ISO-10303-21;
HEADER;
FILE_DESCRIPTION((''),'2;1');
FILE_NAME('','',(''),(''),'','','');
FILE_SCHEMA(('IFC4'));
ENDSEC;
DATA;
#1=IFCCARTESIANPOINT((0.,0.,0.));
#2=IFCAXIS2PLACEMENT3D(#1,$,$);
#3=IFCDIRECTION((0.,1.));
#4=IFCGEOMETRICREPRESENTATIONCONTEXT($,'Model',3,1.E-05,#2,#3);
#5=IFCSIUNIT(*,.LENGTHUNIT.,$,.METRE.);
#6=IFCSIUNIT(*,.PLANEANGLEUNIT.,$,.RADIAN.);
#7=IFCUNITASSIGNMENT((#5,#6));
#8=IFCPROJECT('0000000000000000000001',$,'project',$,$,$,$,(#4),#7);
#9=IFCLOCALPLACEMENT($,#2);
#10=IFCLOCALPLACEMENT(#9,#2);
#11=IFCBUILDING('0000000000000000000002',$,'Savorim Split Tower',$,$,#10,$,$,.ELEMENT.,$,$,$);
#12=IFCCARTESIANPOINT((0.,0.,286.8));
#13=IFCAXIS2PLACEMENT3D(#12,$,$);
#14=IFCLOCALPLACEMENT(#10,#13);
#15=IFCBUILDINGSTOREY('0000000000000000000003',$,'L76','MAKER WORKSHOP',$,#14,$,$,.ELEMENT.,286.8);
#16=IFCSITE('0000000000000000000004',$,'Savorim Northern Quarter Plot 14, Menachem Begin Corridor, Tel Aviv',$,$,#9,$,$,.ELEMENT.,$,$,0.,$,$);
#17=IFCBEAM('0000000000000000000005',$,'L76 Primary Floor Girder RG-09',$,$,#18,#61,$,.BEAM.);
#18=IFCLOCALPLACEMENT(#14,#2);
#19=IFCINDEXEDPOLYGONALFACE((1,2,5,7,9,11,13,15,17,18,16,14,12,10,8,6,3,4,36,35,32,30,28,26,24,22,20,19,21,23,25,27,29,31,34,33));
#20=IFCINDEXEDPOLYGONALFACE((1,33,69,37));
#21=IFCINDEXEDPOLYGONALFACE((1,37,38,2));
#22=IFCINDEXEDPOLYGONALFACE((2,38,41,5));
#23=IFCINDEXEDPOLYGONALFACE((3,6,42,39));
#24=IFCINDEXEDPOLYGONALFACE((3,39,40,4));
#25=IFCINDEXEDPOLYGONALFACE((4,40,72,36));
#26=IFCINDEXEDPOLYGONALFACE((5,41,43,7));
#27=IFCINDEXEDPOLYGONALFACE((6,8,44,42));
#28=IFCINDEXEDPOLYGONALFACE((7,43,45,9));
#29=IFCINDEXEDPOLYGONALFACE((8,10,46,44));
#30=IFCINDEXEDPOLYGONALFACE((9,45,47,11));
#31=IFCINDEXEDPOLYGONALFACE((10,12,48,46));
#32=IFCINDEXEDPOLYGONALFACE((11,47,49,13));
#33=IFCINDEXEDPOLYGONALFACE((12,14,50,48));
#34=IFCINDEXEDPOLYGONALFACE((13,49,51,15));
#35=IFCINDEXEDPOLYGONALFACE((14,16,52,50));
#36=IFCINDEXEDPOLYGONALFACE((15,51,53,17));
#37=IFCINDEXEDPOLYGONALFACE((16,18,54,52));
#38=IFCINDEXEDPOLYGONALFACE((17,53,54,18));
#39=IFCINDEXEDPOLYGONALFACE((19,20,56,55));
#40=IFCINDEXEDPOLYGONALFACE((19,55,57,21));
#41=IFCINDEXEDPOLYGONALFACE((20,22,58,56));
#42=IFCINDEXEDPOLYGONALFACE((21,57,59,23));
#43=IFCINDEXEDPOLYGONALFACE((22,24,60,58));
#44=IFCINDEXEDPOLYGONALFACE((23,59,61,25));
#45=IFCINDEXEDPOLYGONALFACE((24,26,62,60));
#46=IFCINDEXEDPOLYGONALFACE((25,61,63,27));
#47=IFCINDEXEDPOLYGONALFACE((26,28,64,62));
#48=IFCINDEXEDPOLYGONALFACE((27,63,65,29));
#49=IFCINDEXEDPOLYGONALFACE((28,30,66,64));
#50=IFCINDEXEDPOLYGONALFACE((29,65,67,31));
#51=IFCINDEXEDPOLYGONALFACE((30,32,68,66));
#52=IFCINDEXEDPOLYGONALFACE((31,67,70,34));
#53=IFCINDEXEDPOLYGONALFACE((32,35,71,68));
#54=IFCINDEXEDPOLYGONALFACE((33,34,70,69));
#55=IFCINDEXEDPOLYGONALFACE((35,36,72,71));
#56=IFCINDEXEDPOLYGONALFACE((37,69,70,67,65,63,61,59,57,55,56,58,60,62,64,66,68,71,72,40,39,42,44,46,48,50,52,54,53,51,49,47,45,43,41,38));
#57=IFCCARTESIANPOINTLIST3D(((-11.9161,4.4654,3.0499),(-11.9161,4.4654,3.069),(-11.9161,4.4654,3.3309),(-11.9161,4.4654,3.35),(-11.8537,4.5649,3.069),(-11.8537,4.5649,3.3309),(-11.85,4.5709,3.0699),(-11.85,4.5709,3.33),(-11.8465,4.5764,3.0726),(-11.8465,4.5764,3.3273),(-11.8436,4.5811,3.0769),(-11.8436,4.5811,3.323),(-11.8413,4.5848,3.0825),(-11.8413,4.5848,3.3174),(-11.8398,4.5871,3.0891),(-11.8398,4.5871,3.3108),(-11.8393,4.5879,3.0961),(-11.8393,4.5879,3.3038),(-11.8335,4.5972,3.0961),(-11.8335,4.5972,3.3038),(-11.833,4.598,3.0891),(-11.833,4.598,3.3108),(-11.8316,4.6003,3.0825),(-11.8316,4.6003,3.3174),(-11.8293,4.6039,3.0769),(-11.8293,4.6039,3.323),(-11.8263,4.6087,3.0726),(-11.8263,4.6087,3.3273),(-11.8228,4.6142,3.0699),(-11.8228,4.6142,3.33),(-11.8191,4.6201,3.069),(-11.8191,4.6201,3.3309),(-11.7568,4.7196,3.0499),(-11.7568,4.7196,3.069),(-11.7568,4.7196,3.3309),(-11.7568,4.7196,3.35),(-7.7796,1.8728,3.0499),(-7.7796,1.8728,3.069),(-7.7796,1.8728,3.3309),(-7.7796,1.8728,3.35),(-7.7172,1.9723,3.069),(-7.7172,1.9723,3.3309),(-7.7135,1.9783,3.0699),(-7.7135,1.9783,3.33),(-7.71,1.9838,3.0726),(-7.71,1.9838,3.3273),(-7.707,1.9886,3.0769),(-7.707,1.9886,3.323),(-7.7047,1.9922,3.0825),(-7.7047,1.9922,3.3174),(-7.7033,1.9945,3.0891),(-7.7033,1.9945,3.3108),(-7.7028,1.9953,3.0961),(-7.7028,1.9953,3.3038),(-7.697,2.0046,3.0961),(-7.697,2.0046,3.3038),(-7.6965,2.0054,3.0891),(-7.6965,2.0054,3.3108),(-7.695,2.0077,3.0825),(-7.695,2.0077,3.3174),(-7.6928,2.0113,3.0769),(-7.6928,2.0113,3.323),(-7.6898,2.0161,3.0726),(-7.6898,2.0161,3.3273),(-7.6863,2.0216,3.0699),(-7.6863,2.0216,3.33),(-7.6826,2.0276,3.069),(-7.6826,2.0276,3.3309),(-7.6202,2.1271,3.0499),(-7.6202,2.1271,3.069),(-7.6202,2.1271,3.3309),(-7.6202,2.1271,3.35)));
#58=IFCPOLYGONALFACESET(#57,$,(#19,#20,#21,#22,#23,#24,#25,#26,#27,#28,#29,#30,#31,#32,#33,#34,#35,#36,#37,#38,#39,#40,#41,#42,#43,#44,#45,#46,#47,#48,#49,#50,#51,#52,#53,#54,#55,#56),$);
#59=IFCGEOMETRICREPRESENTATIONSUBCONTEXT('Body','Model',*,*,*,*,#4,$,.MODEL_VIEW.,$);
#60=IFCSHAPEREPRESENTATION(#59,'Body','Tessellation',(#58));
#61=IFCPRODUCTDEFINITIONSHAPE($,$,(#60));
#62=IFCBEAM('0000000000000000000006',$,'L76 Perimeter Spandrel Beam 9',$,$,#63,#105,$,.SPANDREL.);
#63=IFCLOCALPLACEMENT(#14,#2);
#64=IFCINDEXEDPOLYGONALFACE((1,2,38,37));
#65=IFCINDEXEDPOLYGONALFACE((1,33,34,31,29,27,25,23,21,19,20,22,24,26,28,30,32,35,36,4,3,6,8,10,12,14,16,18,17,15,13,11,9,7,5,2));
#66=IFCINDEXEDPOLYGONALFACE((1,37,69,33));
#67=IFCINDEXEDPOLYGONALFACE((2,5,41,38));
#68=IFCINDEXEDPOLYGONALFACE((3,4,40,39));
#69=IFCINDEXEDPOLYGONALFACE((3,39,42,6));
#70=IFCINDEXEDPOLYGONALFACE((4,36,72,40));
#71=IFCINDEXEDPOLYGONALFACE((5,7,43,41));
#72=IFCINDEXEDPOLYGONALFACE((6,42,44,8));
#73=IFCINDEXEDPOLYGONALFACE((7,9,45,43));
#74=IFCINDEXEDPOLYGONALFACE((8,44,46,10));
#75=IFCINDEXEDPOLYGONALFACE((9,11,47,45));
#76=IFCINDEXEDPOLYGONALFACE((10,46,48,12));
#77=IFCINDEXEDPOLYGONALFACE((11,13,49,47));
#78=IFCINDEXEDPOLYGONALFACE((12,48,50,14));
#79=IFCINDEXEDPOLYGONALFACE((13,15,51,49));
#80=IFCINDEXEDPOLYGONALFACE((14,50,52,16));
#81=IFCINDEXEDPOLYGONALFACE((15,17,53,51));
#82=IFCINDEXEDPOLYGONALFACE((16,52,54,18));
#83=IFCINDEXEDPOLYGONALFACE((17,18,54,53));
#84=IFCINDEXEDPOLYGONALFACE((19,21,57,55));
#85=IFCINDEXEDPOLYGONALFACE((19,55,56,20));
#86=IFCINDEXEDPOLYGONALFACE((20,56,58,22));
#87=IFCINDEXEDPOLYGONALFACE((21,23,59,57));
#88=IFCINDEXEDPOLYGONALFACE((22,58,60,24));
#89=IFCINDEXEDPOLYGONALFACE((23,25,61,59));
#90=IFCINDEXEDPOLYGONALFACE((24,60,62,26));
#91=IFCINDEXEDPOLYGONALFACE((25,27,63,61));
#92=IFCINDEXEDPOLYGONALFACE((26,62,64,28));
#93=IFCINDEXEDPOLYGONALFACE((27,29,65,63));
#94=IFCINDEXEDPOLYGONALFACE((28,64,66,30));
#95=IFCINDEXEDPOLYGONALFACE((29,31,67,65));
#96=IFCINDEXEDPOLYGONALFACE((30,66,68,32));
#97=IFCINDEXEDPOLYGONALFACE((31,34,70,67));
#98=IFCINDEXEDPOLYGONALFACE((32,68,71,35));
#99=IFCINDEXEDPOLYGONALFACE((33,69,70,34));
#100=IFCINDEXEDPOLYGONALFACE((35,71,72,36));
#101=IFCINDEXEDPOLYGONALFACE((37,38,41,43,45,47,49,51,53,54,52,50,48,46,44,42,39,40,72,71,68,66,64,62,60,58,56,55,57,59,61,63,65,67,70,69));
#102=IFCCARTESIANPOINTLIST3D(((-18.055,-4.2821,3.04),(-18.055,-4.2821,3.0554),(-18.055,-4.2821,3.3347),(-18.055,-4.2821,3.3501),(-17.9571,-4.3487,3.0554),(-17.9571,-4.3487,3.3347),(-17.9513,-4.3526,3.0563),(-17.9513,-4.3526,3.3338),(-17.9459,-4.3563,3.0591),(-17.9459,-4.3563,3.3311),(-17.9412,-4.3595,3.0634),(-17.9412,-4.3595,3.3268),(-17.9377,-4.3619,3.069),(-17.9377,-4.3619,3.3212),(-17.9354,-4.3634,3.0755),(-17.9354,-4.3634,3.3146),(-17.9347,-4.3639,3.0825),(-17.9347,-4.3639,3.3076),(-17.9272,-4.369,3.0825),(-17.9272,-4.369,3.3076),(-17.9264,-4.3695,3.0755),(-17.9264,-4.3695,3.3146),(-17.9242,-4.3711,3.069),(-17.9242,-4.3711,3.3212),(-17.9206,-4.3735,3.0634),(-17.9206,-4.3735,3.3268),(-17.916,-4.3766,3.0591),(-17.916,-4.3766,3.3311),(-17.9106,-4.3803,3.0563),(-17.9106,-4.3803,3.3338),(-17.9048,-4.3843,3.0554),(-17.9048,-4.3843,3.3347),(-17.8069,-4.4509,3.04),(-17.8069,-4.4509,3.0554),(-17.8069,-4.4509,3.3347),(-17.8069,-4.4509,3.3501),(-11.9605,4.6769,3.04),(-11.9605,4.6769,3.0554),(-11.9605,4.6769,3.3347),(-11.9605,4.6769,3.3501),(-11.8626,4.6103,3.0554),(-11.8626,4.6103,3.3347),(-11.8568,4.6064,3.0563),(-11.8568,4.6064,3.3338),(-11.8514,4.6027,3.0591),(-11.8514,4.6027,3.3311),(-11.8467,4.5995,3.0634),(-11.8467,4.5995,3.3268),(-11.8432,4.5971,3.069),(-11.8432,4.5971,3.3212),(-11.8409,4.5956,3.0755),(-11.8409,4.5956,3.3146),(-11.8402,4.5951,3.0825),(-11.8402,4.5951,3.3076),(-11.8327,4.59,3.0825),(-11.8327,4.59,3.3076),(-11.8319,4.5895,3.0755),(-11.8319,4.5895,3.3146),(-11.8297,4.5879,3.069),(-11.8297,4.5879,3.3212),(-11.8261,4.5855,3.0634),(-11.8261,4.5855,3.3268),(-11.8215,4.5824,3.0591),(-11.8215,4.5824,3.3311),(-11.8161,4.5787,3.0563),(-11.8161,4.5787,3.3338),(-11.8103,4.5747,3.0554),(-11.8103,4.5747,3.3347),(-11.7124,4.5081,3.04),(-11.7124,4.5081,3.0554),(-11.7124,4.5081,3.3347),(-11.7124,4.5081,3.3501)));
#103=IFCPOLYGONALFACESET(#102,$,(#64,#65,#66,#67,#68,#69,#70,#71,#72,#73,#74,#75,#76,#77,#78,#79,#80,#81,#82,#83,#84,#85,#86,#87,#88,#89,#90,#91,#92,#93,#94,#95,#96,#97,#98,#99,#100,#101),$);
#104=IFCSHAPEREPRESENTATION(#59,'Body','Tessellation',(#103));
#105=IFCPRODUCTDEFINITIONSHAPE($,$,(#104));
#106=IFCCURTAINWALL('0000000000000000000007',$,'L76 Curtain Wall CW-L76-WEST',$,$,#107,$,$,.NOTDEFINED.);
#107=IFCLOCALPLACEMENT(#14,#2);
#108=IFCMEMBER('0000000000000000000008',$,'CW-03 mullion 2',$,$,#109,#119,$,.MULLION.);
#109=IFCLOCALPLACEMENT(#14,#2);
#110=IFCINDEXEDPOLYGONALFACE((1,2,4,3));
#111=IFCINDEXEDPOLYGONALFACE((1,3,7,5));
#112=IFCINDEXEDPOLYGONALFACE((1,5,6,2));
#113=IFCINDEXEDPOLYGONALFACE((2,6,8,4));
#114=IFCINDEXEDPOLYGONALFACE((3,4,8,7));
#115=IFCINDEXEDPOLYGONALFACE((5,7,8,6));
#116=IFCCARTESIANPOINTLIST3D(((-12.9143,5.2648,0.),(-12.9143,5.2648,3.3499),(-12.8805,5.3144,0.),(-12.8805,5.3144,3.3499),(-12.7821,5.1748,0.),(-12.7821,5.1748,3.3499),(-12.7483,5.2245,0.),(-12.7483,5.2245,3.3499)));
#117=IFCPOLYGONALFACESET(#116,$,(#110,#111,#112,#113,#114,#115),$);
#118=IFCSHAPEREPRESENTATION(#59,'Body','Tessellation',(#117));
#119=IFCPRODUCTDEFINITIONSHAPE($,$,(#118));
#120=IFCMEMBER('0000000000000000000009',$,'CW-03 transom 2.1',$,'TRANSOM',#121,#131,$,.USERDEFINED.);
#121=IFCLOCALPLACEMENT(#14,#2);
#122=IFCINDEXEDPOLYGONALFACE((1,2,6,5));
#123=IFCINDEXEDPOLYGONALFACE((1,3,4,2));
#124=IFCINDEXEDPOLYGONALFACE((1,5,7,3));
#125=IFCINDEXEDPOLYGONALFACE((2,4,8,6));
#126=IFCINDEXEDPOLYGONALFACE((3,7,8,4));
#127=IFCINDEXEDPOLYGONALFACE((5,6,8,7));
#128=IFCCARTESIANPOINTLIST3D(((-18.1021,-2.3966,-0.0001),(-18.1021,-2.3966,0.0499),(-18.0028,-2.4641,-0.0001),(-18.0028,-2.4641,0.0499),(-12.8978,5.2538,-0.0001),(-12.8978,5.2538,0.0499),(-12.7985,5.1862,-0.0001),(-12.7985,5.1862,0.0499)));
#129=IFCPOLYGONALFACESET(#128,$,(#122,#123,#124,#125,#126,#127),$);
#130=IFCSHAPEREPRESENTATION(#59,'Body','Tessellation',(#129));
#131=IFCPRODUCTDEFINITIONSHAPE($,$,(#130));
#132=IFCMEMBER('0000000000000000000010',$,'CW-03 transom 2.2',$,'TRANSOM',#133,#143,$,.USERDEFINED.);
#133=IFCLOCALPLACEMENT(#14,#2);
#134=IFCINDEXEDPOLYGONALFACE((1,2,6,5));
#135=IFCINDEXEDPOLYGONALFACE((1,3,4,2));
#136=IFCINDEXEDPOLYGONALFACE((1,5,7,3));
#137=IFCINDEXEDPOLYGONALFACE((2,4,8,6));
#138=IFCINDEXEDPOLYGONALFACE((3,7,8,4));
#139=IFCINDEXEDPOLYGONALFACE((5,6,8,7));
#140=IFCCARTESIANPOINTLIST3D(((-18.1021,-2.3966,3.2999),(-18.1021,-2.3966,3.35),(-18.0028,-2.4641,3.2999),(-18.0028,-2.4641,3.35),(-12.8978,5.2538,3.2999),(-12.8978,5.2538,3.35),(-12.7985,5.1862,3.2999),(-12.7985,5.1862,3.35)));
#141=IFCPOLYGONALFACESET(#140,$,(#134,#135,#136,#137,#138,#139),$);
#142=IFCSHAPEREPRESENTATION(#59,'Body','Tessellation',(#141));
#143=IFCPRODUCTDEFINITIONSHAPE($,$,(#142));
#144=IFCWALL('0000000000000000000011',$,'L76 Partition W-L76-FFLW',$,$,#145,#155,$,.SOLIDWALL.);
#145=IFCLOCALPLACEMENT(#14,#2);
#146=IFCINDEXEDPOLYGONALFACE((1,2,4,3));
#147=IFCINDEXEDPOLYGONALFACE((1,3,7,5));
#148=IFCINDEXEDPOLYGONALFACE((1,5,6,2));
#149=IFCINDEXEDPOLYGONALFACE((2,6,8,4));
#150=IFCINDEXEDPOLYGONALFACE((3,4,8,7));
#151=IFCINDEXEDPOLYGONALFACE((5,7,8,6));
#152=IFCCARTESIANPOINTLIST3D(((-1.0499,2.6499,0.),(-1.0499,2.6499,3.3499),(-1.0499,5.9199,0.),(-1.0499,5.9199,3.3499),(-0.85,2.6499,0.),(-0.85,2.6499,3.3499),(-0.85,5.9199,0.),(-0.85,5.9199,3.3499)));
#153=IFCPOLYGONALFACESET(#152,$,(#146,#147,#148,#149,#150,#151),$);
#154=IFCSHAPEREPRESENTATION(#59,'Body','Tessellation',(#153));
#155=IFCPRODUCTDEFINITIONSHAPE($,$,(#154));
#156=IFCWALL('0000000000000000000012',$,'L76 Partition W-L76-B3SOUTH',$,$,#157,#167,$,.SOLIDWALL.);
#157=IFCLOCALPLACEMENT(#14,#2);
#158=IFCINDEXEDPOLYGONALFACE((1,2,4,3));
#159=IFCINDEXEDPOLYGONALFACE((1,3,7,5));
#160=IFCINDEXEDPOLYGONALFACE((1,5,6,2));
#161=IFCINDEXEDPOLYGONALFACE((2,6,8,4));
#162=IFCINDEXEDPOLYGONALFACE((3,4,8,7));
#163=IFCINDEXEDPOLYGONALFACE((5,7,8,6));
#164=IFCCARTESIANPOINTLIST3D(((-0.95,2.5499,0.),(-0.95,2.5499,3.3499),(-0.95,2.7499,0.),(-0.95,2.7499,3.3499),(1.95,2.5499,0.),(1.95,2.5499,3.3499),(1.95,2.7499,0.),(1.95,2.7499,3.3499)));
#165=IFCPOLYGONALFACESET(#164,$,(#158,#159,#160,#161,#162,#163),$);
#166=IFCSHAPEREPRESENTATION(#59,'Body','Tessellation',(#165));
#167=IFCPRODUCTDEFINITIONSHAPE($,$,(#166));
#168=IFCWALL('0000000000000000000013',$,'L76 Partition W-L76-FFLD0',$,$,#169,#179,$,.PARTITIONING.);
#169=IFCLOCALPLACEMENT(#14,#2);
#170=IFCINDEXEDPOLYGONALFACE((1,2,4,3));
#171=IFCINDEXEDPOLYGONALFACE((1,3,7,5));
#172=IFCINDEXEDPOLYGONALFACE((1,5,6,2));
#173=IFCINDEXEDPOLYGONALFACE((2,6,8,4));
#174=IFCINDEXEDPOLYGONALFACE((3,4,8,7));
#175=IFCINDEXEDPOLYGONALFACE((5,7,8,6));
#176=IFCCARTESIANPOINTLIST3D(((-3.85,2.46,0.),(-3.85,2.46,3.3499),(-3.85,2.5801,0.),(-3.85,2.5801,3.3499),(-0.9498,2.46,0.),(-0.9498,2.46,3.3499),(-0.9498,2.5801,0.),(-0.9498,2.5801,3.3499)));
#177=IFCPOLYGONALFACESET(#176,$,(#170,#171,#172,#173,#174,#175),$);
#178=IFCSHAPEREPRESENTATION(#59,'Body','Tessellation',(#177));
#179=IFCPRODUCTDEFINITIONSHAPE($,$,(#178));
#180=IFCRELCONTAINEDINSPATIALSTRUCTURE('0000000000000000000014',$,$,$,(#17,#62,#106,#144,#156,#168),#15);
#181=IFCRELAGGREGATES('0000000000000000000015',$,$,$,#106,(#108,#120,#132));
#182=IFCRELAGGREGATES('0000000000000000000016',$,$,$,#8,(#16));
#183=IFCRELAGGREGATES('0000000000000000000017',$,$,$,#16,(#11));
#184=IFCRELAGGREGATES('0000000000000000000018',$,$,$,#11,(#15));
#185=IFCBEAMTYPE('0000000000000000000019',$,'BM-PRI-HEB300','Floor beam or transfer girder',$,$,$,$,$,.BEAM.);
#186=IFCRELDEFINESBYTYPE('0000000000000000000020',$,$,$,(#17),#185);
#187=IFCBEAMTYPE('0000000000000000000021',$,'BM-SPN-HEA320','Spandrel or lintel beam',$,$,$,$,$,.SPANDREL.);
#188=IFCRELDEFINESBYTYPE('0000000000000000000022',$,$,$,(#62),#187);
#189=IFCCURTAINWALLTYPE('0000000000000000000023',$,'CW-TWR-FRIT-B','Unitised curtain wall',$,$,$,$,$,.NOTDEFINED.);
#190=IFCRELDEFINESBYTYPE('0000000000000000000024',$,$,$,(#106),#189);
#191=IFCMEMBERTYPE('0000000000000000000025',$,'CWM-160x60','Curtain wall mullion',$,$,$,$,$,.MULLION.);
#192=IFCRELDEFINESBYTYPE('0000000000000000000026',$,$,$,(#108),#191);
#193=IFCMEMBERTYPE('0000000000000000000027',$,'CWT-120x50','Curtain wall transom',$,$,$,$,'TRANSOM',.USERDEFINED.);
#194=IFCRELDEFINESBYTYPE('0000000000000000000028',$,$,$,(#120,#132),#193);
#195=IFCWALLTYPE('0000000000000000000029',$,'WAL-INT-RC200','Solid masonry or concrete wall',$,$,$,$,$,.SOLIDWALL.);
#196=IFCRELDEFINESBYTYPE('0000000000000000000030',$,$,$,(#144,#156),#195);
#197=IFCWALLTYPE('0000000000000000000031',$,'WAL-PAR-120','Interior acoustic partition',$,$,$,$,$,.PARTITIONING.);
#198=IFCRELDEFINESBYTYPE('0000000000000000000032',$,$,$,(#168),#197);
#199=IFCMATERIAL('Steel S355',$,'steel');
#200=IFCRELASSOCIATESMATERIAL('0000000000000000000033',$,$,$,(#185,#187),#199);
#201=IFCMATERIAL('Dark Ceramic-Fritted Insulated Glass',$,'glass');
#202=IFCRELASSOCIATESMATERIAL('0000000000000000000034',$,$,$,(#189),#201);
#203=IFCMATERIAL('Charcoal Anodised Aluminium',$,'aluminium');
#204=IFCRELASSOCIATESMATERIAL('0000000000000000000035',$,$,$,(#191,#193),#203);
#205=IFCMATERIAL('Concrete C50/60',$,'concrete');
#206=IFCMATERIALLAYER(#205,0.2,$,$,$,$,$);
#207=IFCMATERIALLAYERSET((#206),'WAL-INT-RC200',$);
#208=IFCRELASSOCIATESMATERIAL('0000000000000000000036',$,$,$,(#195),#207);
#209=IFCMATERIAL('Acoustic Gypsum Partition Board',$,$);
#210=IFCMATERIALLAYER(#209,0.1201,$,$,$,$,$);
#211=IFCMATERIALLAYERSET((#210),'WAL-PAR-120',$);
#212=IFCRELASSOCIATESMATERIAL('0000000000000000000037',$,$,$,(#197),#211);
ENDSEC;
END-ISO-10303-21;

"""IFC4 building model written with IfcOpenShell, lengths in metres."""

from ifc_helpers import new_model, si_unit, direction, frame, frame_2d, origin, origin_2d, place, context, subcontext, project, spatial, rectangle, i_section, extrude, material, layer, layer_set, material_profile, profile_set, type_object, element, aggregate, save


model = new_model("IFC4")

# Units and contexts
model_context = context("Model", 3, precision=1e-05, world=origin(), true_north=direction((0.0, 1.0)))
body_context = subcontext(model_context, "Body", "Model", "MODEL_VIEW")
ifc_project = project(units=[si_unit("LENGTHUNIT", "METRE"), si_unit("PLANEANGLEUNIT", "RADIAN")], contexts=[model_context])

# Site, building, storey
site_placement = place(None, origin())
site = spatial("IfcSite", under=ifc_project, at=site_placement, Name="Savorim Northern Quarter Plot 14, Menachem Begin Corridor, Tel Aviv", CompositionType="ELEMENT", RefElevation=0.0)
building_placement = place(site_placement, origin())
building = spatial("IfcBuilding", under=site, at=building_placement, Name="Savorim Split Tower", CompositionType="ELEMENT")
storey_placement = place(building_placement, frame((0.0, 0.0, 286.8)))
storey = spatial("IfcBuildingStorey", under=building, at=storey_placement, Name="L76", Description="MAKER WORKSHOP", CompositionType="ELEMENT", Elevation=286.8)

# Shared definitions
ifc_material_1 = material(Name="Steel S355", Category="steel")

# Beams
ifc_material_profile_1 = material_profile(ifc_material_1, i_section(OverallWidth=0.3, OverallDepth=0.3, WebThickness=0.011, FlangeThickness=0.019, FilletRadius=0.0271, at=origin_2d()), Name="HEB 300")
ifc_profile_set_1 = profile_set([ifc_material_profile_1], Name="Steel S355")
beam_type_1 = type_object("IfcBeamType", Name="BM-PRI-HEB300", Description="Floor beam or transfer girder", PredefinedType="BEAM", material=ifc_profile_set_1)
beam_1_placement = place(storey_placement, frame((-11.8364, 4.5925, 3.2), z_axis=(0.847332, -0.531064, 0.0), x_axis=(0.531064, 0.847332, 0.0)))
element("IfcBeam", 1, at=beam_1_placement, inside=storey, type_object=beam_type_1, Name="L76 Primary Floor Girder RG-09", PredefinedType="BEAM", context=body_context, shape_type="SweptSolid", body=[
    extrude(i_section(OverallWidth=0.3, OverallDepth=0.3, WebThickness=0.011, FlangeThickness=0.019, FilletRadius=0.0271, at=origin_2d()), origin(), (0.0, 0.0, 1.0), 4.8818),
])
ifc_material_profile_2 = material_profile(ifc_material_1, i_section(OverallWidth=0.3, OverallDepth=0.3101, WebThickness=0.009, FlangeThickness=0.0154, FilletRadius=0.0271, at=origin_2d()), Name="HEA 320")
ifc_profile_set_2 = profile_set([ifc_material_profile_2], Name="Steel S355")
beam_type_2 = type_object("IfcBeamType", Name="BM-SPN-HEA320", Description="Spandrel or lintel beam", PredefinedType="SPANDREL", material=ifc_profile_set_2)
beam_2_placement = place(storey_placement, frame((-11.8364, 4.5925, 3.1951), z_axis=(-0.56246, -0.826825, 0.0), x_axis=(0.826825, -0.56246, 0.0)))
element("IfcBeam", 2, at=beam_2_placement, inside=storey, type_object=beam_type_2, Name="L76 Perimeter Spandrel Beam 9", PredefinedType="SPANDREL", context=body_context, shape_type="SweptSolid", body=[
    extrude(i_section(OverallWidth=0.3, OverallDepth=0.3101, WebThickness=0.009, FlangeThickness=0.0154, FilletRadius=0.0271, at=origin_2d()), origin(), (0.0, 0.0, 1.0), 10.8354),
])

# Curtain wall, members
ifc_material_2 = material(Name="Dark Ceramic-Fritted Insulated Glass", Category="glass")
curtain_wall_type = type_object("IfcCurtainWallType", Name="CW-TWR-FRIT-B", Description="Unitised curtain wall", PredefinedType="NOTDEFINED", material=ifc_material_2)
curtain_wall_placement = place(storey_placement, origin())
curtain_wall = element("IfcCurtainWall", 3, at=curtain_wall_placement, inside=storey, type_object=curtain_wall_type, Name="L76 Curtain Wall CW-L76-WEST", PredefinedType="NOTDEFINED")
ifc_material_3 = material(Name="Charcoal Anodised Aluminium", Category="aluminium")
ifc_material_profile_3 = material_profile(ifc_material_3, rectangle(XDim=0.1599, YDim=0.0601, at=origin_2d()), Name="ALU-M 160x60")
ifc_profile_set_3 = profile_set([ifc_material_profile_3], Name="Charcoal Anodised Aluminium")
member_type_1 = type_object("IfcMemberType", Name="CWM-160x60", Description="Curtain wall mullion", PredefinedType="MULLION", material=ifc_profile_set_3)
member_1_placement = place(storey_placement, frame((-12.8313, 5.2446, 0.0), z_axis=(0.0, 0.0, 1.0), x_axis=(0.826818, -0.56247, 0.0)))
member_1 = element("IfcMember", 4, at=member_1_placement, type_object=member_type_1, Name="CW-03 mullion 2", PredefinedType="MULLION", context=body_context, shape_type="SweptSolid", body=[
    extrude(rectangle(XDim=0.1599, YDim=0.0601, at=origin_2d()), origin(), (0.0, 0.0, 1.0), 3.3499),
])
ifc_material_profile_4 = material_profile(ifc_material_3, rectangle(XDim=0.1201, YDim=0.05, at=origin_2d()), Name="ALU-T 120x50")
ifc_profile_set_4 = profile_set([ifc_material_profile_4], Name="Charcoal Anodised Aluminium")
member_type_2 = type_object("IfcMemberType", Name="CWT-120x50", Description="Curtain wall transom", ElementType="TRANSOM", PredefinedType="USERDEFINED", material=ifc_profile_set_4)
member_2_placement = place(storey_placement, frame((-12.8481, 5.22, 0.0249), z_axis=(-0.562464, -0.826822, 0.0), x_axis=(0.826822, -0.562464, 0.0)))
member_2 = element("IfcMember", 5, at=member_2_placement, type_object=member_type_2, Name="CW-03 transom 2.1", ObjectType="TRANSOM", PredefinedType="USERDEFINED", context=body_context, shape_type="SweptSolid", body=[
    extrude(rectangle(XDim=0.1201, YDim=0.05, at=origin_2d()), origin(), (0.0, 0.0, 1.0), 9.2527),
])
member_3_placement = place(storey_placement, frame((-12.8481, 5.22, 3.325), z_axis=(-0.562464, -0.826822, 0.0), x_axis=(0.826822, -0.562464, 0.0)))
member_3 = element("IfcMember", 6, at=member_3_placement, type_object=member_type_2, Name="CW-03 transom 2.2", ObjectType="TRANSOM", PredefinedType="USERDEFINED", context=body_context, shape_type="SweptSolid", body=[
    extrude(rectangle(XDim=0.1201, YDim=0.05, at=origin_2d()), origin(), (0.0, 0.0, 1.0), 9.2527),
])
aggregate(curtain_wall, [member_1, member_2, member_3])

# Walls
ifc_material_4 = material(Name="Concrete C50/60", Category="concrete")
ifc_layer_1 = layer(ifc_material_4, 0.2)
ifc_layer_set_1 = layer_set([ifc_layer_1], Name="WAL-INT-RC200")
wall_type_1 = type_object("IfcWallType", Name="WAL-INT-RC200", Description="Solid masonry or concrete wall", PredefinedType="SOLIDWALL", material=ifc_layer_set_1)
wall_1_placement = place(storey_placement, frame((-0.95, 2.6499, 0.0), z_axis=(0.0, 0.0, 1.0), x_axis=(0.0, 1.0, 0.0)))
element("IfcWall", 7, at=wall_1_placement, inside=storey, type_object=wall_type_1, Name="L76 Partition W-L76-FFLW", PredefinedType="SOLIDWALL", context=body_context, shape_type="SweptSolid", body=[
    extrude(rectangle(XDim=3.27, YDim=0.2, at=frame_2d((1.635, 0.0))), origin(), (0.0, 0.0, 1.0), 3.3499),
])
wall_2_placement = place(storey_placement, frame((-0.95, 2.6499, 0.0), z_axis=(0.0, 0.0, 1.0), x_axis=(1.0, 0.0, 0.0)))
element("IfcWall", 8, at=wall_2_placement, inside=storey, type_object=wall_type_1, Name="L76 Partition W-L76-B3SOUTH", PredefinedType="SOLIDWALL", context=body_context, shape_type="SweptSolid", body=[
    extrude(rectangle(XDim=2.8999, YDim=0.2, at=frame_2d((1.45, 0.0))), origin(), (0.0, 0.0, 1.0), 3.3499),
])
ifc_material_5 = material(Name="Acoustic Gypsum Partition Board")
ifc_layer_2 = layer(ifc_material_5, 0.1201)
ifc_layer_set_2 = layer_set([ifc_layer_2], Name="WAL-PAR-120")
wall_type_2 = type_object("IfcWallType", Name="WAL-PAR-120", Description="Interior acoustic partition", PredefinedType="PARTITIONING", material=ifc_layer_set_2)
for number, where, z_axis, x_axis, name in (
    (9, (-3.8501, 2.52, 0.0), (0.0, 0.0, 1.0), (1.0, 0.0, 0.0), "L76 Partition W-L76-FFLD0"),
):
    element("IfcWall", number, at=place(storey_placement, frame(where, z_axis=z_axis, x_axis=x_axis)), inside=storey, type_object=wall_type_2, Name=name, PredefinedType="PARTITIONING", context=body_context, shape_type="SweptSolid", body=[
        extrude(rectangle(XDim=2.9001, YDim=0.1201, at=frame_2d((1.4502, 0.0))), origin(), (0.0, 0.0, 1.0), 3.3499),
    ])

save(model, "model.ifc")
